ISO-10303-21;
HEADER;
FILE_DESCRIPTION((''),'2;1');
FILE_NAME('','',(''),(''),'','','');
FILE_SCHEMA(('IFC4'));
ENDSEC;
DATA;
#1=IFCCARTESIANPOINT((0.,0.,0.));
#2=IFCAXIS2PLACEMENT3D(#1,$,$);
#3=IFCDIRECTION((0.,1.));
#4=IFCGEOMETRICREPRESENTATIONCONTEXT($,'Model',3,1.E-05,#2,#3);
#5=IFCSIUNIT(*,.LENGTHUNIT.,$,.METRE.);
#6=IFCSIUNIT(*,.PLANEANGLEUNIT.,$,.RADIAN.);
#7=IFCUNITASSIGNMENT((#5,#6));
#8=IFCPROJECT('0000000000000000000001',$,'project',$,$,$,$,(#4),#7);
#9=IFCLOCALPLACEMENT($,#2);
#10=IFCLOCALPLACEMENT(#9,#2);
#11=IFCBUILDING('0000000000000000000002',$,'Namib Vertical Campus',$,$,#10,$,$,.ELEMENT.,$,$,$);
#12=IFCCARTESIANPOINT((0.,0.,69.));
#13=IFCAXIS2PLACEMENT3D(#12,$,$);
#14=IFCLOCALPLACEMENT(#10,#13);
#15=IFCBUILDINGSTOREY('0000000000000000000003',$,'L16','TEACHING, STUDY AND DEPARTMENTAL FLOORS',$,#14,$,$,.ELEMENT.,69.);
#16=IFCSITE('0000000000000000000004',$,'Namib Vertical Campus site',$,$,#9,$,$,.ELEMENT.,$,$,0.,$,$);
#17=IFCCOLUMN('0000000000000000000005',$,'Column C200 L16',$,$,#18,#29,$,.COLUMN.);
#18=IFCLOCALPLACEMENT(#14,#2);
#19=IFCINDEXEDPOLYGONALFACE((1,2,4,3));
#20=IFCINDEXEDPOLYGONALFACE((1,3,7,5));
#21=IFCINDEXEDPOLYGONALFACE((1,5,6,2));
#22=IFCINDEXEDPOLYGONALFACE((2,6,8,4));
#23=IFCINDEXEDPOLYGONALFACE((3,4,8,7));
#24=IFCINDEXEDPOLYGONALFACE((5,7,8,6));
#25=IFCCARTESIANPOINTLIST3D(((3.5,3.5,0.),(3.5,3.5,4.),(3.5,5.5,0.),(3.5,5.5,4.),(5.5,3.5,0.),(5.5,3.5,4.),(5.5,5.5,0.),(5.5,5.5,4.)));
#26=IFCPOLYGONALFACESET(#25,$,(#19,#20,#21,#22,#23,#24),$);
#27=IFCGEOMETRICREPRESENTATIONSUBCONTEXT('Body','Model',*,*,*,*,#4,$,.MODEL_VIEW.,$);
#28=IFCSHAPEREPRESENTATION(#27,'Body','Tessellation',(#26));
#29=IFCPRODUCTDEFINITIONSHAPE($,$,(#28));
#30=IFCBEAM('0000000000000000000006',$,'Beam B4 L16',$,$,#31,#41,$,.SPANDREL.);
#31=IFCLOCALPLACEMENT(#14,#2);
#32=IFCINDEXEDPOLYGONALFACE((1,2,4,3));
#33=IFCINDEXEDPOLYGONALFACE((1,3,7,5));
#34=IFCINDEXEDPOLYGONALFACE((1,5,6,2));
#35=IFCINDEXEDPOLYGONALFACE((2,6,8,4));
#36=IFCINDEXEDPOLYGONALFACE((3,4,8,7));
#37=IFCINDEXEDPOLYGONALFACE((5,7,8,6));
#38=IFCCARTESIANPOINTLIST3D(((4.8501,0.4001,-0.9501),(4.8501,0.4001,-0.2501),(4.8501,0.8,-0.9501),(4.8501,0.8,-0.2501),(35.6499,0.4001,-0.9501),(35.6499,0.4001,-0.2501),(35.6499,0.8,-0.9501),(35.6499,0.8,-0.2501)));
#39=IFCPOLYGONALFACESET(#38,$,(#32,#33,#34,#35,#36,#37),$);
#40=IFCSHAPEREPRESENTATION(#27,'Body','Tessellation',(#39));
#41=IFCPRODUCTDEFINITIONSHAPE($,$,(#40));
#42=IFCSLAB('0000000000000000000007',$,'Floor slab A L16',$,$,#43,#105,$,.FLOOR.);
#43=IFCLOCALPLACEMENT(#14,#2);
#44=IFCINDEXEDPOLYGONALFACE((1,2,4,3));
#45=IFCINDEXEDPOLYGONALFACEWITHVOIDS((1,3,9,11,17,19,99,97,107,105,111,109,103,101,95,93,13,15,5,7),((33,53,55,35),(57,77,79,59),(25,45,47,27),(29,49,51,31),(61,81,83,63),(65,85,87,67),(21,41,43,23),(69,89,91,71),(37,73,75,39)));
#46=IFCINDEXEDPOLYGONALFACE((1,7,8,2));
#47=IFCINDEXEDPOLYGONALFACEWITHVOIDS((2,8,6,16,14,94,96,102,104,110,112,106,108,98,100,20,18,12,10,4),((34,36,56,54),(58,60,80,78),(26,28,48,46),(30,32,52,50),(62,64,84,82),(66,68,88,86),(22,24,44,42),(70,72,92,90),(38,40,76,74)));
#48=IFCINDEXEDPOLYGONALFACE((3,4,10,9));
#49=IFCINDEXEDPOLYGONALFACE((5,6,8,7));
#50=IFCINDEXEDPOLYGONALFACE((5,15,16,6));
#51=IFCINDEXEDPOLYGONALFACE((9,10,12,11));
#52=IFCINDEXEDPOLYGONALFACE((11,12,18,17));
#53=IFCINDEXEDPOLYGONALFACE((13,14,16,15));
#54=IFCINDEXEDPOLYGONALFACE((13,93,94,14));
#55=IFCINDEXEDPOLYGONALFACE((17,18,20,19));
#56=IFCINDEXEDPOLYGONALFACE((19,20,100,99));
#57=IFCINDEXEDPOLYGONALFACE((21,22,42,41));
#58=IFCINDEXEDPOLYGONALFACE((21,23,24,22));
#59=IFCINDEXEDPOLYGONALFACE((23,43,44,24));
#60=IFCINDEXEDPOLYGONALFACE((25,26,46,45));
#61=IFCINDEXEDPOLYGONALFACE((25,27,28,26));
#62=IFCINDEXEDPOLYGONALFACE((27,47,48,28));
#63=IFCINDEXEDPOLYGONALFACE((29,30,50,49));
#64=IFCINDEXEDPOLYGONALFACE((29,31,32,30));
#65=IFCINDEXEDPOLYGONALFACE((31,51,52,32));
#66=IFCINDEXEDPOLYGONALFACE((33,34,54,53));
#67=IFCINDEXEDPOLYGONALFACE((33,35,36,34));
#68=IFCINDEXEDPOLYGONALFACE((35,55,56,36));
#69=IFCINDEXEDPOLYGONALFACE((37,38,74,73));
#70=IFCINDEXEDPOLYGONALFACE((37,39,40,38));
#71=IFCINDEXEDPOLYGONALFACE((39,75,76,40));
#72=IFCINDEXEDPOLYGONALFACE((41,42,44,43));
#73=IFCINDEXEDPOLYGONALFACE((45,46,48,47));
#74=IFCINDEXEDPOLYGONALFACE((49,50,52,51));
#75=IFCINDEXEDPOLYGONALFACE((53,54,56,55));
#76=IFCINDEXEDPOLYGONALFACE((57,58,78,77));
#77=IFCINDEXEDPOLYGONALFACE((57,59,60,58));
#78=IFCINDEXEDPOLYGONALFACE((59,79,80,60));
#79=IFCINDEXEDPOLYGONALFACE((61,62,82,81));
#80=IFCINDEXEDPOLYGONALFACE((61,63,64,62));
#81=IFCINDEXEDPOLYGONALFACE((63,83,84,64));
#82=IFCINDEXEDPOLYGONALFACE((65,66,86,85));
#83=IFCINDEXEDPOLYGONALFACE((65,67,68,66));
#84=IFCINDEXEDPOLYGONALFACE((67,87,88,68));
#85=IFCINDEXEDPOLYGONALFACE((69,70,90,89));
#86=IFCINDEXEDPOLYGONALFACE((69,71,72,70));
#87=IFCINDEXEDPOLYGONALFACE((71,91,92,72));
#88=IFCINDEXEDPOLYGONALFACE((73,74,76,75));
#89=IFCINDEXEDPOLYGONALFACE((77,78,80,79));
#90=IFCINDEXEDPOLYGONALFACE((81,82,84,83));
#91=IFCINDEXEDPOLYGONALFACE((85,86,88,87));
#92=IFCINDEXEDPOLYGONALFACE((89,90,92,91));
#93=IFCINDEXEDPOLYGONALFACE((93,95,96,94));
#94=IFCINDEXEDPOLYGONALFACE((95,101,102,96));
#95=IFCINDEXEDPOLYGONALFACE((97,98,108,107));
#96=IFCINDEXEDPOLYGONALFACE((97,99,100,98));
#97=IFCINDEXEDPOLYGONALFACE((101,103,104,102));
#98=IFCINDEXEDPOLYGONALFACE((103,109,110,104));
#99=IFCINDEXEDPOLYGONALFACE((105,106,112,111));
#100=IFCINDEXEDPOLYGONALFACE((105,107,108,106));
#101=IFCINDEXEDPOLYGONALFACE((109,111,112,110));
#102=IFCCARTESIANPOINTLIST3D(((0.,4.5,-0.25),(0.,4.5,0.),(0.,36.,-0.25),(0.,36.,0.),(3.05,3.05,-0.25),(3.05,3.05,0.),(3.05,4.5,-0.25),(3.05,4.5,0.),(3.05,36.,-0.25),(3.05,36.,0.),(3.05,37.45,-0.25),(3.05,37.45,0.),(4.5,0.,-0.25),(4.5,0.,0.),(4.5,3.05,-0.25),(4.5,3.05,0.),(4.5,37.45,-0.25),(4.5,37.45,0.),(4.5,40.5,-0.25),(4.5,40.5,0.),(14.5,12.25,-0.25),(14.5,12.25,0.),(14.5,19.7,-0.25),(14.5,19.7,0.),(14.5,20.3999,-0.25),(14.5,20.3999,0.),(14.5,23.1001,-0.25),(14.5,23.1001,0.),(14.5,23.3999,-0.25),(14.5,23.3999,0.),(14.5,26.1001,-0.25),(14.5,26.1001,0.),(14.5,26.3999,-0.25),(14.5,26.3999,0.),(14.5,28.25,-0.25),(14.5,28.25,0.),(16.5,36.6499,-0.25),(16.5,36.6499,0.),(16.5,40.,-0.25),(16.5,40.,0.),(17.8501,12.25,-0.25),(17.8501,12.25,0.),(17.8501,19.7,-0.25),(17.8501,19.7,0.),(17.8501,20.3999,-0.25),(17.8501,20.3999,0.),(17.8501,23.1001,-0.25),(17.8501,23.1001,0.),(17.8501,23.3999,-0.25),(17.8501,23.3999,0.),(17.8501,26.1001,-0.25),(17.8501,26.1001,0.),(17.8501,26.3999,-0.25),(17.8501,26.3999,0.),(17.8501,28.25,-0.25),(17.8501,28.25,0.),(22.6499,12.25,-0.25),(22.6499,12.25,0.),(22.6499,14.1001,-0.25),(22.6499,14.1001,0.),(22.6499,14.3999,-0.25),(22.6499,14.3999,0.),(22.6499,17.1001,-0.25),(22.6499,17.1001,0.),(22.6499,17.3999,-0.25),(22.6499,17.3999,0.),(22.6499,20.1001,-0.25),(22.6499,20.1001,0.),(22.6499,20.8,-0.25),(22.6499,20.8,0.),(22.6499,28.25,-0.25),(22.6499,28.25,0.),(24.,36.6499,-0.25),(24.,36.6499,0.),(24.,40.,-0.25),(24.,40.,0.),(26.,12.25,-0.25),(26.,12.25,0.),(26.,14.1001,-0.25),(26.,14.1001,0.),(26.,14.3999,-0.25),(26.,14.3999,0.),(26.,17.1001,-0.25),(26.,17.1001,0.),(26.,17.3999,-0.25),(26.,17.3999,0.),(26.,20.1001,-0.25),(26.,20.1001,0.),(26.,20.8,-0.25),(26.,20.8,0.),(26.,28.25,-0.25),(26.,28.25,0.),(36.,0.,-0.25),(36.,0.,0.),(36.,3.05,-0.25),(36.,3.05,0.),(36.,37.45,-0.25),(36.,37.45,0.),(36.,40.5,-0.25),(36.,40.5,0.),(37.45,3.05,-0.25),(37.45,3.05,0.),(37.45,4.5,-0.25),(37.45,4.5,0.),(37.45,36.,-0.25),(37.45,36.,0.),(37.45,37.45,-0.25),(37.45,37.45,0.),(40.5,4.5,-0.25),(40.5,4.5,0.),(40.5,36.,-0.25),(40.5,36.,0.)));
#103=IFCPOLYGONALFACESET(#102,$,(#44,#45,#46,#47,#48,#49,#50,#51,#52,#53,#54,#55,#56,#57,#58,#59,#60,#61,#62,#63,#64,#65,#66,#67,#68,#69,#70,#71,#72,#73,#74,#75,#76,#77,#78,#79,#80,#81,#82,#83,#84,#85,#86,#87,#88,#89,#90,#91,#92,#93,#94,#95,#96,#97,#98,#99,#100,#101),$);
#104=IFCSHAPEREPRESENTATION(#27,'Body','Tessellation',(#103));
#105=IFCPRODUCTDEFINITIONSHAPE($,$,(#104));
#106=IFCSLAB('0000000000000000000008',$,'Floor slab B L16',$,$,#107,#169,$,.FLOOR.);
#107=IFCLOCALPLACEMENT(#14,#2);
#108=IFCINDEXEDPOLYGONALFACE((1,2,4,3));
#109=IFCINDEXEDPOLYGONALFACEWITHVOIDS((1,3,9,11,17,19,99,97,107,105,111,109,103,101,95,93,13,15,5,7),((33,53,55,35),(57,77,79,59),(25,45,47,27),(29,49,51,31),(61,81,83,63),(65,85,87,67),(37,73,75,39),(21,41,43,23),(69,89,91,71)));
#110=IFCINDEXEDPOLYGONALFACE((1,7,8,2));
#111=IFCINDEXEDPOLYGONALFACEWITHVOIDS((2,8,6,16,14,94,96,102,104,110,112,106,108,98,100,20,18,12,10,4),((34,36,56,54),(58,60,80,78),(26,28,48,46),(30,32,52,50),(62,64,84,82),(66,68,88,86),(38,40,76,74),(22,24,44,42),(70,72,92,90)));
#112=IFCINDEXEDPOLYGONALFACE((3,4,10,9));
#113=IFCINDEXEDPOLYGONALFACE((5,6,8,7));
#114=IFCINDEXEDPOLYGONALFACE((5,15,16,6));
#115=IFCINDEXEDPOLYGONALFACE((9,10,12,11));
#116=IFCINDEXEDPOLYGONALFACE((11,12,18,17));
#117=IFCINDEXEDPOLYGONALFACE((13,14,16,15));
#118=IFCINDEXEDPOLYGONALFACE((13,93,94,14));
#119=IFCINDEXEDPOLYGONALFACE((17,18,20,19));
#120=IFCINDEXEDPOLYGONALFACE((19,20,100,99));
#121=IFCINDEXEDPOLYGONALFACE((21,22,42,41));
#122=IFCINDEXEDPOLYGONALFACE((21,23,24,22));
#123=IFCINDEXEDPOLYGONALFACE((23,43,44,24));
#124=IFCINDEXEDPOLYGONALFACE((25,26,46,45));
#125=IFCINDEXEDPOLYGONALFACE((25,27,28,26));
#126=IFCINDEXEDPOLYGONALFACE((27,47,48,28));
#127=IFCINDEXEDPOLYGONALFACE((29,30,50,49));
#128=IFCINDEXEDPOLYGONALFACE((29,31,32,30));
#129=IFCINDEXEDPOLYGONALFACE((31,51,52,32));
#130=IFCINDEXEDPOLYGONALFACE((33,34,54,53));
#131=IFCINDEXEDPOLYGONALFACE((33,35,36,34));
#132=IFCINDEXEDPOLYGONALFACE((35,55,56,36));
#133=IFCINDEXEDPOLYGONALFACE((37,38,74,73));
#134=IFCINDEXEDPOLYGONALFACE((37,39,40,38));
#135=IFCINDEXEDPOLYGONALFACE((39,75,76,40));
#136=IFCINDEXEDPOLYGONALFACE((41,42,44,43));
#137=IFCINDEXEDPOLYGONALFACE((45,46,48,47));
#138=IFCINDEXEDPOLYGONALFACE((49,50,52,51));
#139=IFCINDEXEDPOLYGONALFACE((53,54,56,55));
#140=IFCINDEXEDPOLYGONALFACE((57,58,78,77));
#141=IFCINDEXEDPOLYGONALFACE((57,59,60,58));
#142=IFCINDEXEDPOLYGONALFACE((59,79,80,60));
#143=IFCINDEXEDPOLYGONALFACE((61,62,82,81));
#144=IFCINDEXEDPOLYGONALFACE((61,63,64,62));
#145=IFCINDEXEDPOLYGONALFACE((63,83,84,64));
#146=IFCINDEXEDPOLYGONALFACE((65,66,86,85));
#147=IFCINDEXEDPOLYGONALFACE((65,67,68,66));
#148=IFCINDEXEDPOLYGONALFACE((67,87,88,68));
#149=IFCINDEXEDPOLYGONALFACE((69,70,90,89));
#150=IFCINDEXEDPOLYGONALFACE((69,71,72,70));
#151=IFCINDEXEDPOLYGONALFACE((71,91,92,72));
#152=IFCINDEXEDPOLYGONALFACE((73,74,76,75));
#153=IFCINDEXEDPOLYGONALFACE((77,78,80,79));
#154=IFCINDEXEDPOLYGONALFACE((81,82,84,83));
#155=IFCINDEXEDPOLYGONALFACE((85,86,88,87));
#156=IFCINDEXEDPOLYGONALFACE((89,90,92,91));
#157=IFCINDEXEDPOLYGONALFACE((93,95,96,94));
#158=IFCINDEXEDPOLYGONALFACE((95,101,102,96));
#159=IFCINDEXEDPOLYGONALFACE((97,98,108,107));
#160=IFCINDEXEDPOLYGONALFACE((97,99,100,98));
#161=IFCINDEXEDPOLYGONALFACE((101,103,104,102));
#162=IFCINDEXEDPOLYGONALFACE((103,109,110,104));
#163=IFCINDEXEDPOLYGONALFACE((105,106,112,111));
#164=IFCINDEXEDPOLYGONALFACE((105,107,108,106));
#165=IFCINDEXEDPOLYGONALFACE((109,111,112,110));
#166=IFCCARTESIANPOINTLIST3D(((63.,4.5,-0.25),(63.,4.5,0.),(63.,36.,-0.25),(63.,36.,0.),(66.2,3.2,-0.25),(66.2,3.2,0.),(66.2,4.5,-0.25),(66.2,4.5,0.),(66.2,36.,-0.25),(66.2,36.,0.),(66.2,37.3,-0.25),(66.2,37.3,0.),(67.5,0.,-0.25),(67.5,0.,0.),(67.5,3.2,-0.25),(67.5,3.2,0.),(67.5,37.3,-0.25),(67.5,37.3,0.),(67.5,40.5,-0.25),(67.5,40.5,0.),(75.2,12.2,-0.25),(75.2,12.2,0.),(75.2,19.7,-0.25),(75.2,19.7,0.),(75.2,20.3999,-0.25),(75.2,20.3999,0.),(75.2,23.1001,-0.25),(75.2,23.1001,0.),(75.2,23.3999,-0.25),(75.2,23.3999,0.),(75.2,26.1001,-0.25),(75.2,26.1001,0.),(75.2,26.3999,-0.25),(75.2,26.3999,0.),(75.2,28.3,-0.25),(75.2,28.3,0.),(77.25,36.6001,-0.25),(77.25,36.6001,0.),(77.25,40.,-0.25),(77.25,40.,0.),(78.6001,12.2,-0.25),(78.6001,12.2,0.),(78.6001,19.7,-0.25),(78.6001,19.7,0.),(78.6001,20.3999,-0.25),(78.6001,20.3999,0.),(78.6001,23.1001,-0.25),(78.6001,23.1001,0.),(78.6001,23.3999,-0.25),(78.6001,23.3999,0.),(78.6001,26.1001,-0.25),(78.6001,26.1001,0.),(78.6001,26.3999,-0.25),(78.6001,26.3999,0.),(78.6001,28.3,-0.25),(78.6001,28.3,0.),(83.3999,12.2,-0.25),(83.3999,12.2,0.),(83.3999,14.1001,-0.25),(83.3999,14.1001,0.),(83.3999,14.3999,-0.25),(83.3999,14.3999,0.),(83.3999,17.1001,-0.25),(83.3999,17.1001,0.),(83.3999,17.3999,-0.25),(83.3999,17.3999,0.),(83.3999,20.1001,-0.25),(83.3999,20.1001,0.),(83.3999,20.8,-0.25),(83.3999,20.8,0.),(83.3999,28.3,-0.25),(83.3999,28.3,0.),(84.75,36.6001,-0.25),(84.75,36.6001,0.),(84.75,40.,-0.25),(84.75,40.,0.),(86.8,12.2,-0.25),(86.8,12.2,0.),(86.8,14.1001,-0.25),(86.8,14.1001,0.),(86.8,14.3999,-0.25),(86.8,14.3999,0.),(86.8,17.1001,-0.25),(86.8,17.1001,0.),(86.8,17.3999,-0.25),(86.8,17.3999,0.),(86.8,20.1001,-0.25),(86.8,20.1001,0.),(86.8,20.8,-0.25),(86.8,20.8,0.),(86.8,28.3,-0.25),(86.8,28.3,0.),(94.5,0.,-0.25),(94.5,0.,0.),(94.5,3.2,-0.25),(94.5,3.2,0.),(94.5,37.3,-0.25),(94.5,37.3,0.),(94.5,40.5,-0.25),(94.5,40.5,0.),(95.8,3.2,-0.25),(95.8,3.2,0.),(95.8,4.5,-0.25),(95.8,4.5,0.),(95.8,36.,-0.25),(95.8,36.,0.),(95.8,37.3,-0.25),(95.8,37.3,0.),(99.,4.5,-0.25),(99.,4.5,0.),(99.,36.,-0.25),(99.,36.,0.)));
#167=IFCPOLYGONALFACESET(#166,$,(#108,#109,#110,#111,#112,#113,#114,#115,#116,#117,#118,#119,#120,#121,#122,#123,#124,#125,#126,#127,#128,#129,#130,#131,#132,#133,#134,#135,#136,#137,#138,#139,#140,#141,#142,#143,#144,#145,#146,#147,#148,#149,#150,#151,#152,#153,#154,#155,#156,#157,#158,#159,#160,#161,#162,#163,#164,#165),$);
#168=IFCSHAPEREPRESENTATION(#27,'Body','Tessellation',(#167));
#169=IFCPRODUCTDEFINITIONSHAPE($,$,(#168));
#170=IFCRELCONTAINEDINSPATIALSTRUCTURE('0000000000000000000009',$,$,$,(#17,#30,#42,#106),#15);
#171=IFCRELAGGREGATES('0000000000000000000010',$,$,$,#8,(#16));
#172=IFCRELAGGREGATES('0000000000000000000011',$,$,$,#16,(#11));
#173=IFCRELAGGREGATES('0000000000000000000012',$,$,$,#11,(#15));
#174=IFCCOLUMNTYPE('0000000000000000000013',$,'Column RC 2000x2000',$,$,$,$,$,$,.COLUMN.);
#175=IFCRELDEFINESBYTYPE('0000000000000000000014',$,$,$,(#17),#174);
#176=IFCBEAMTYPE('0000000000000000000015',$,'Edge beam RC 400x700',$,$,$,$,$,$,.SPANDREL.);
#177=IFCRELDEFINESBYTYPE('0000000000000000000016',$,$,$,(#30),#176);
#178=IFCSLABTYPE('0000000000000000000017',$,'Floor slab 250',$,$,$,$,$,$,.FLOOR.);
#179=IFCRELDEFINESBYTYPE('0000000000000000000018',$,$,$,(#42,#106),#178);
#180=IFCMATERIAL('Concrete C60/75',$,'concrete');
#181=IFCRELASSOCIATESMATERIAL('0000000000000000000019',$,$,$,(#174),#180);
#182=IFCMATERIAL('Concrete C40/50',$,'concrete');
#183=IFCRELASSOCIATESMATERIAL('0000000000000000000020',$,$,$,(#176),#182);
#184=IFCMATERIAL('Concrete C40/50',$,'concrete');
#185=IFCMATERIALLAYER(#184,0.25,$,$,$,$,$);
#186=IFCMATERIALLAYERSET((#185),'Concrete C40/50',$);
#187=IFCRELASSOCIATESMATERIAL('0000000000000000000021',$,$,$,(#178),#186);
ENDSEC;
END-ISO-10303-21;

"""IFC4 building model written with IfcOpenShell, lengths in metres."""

from ifc_helpers import new_model, si_unit, direction, frame, origin, origin_2d, place, context, subcontext, project, spatial, polyline, rectangle, outline, extrude, material, layer, layer_set, material_profile, profile_set, type_object, element, save


model = new_model("IFC4")

# Units and contexts
model_context = context("Model", 3, precision=1e-05, world=origin(), true_north=direction((0.0, 1.0)))
body_context = subcontext(model_context, "Body", "Model", "MODEL_VIEW")
ifc_project = project(units=[si_unit("LENGTHUNIT", "METRE"), si_unit("PLANEANGLEUNIT", "RADIAN")], contexts=[model_context])

# Site, building, storey
site_placement = place(None, origin())
site = spatial("IfcSite", under=ifc_project, at=site_placement, Name="Namib Vertical Campus site", CompositionType="ELEMENT", RefElevation=0.0)
building_placement = place(site_placement, origin())
building = spatial("IfcBuilding", under=site, at=building_placement, Name="Namib Vertical Campus", CompositionType="ELEMENT")
storey_placement = place(building_placement, frame((0.0, 0.0, 69.0)))
storey = spatial("IfcBuildingStorey", under=building, at=storey_placement, Name="L16", Description="TEACHING, STUDY AND DEPARTMENTAL FLOORS", CompositionType="ELEMENT", Elevation=69.0)

# Column
ifc_material_1 = material(Name="Concrete C60/75", Category="concrete")
ifc_material_profile_1 = material_profile(ifc_material_1, rectangle(XDim=2.0, YDim=2.0, at=origin_2d()))
ifc_profile_set_1 = profile_set([ifc_material_profile_1], Name="Concrete C60/75")
column_type = type_object("IfcColumnType", Name="Column RC 2000x2000", PredefinedType="COLUMN", material=ifc_profile_set_1)
column_placement = place(storey_placement, frame((4.5, 4.5, 0.0), z_axis=(0.0, 0.0, 1.0), x_axis=(1.0, 0.0, 0.0)))
element("IfcColumn", 1, at=column_placement, inside=storey, type_object=column_type, Name="Column C200 L16", PredefinedType="COLUMN", context=body_context, shape_type="SweptSolid", body=[
    extrude(rectangle(XDim=2.0, YDim=2.0, at=origin_2d()), origin(), (0.0, 0.0, 1.0), 4.0),
])

# Beam
ifc_material_2 = material(Name="Concrete C40/50", Category="concrete")
ifc_material_profile_2 = material_profile(ifc_material_2, rectangle(XDim=0.3999, YDim=0.7, at=origin_2d()))
ifc_profile_set_2 = profile_set([ifc_material_profile_2], Name="Concrete C40/50")
beam_type = type_object("IfcBeamType", Name="Edge beam RC 400x700", PredefinedType="SPANDREL", material=ifc_profile_set_2)
beam_placement = place(storey_placement, frame((4.8501, 0.6001, -0.6001), z_axis=(1.0, 0.0, 0.0), x_axis=(0.0, 1.0, 0.0)))
element("IfcBeam", 2, at=beam_placement, inside=storey, type_object=beam_type, Name="Beam B4 L16", PredefinedType="SPANDREL", context=body_context, shape_type="SweptSolid", body=[
    extrude(rectangle(XDim=0.3999, YDim=0.7, at=origin_2d()), origin(), (0.0, 0.0, 1.0), 30.7998),
])

# Slabs
ifc_material_3 = material(Name="Concrete C40/50", Category="concrete")
ifc_layer_1 = layer(ifc_material_3, 0.25)
ifc_layer_set_1 = layer_set([ifc_layer_1], Name="Concrete C40/50")
slab_type_1 = type_object("IfcSlabType", Name="Floor slab 250", PredefinedType="FLOOR", material=ifc_layer_set_1)
slab_1_placement = place(storey_placement, frame((0.0, 0.0, -0.25)))
element("IfcSlab", 3, at=slab_1_placement, inside=storey, type_object=slab_type_1, Name="Floor slab A L16", PredefinedType="FLOOR", context=body_context, shape_type="SweptSolid", body=[
    extrude(outline(polyline([(4.5, 0.0), (36.0, 0.0), (36.0, 3.05), (37.45, 3.05), (37.45, 4.5), (40.5, 4.5), (40.5, 36.0), (37.45, 36.0), (37.45, 37.45), (36.0, 37.45), (36.0, 40.5), (4.5, 40.5), (4.5, 37.45), (3.05, 37.45), (3.05, 36.0), (0.0, 36.0), (0.0, 4.5), (3.05, 4.5), (3.05, 3.05), (4.5, 3.05), (4.5, 0.0)]), holes=[polyline([(14.5, 12.25), (17.8501, 12.25), (17.8501, 19.7), (14.5, 19.7), (14.5, 12.25)]), polyline([(22.6499, 20.8), (26.0, 20.8), (26.0, 28.25), (22.6499, 28.25), (22.6499, 20.8)]), polyline([(22.6499, 12.25), (26.0, 12.25), (26.0, 14.1001), (22.6499, 14.1001), (22.6499, 12.25)]), polyline([(14.5, 20.3999), (17.8501, 20.3999), (17.8501, 23.1001), (14.5, 23.1001), (14.5, 20.3999)]), polyline([(14.5, 23.3999), (17.8501, 23.3999), (17.8501, 26.1001), (14.5, 26.1001), (14.5, 23.3999)]), polyline([(14.5, 26.3999), (17.8501, 26.3999), (17.8501, 28.25), (14.5, 28.25), (14.5, 26.3999)]), polyline([(22.6499, 14.3999), (26.0, 14.3999), (26.0, 17.1001), (22.6499, 17.1001), (22.6499, 14.3999)]), polyline([(22.6499, 17.3999), (26.0, 17.3999), (26.0, 20.1001), (22.6499, 20.1001), (22.6499, 17.3999)]), polyline([(16.5, 36.6499), (24.0, 36.6499), (24.0, 40.0), (16.5, 40.0), (16.5, 36.6499)])]), origin(), (0.0, 0.0, 1.0), 0.25),
])
slab_2_placement = place(storey_placement, frame((0.0, 0.0, -0.25)))
element("IfcSlab", 4, at=slab_2_placement, inside=storey, type_object=slab_type_1, Name="Floor slab B L16", PredefinedType="FLOOR", context=body_context, shape_type="SweptSolid", body=[
    extrude(outline(polyline([(67.5, 0.0), (94.5, 0.0), (94.5, 3.2), (95.8, 3.2), (95.8, 4.5), (99.0, 4.5), (99.0, 36.0), (95.8, 36.0), (95.8, 37.3), (94.5, 37.3), (94.5, 40.5), (67.5, 40.5), (67.5, 37.3), (66.2, 37.3), (66.2, 36.0), (63.0, 36.0), (63.0, 4.5), (66.2, 4.5), (66.2, 3.2), (67.5, 3.2), (67.5, 0.0)]), holes=[polyline([(75.2, 12.2), (78.6001, 12.2), (78.6001, 19.7), (75.2, 19.7), (75.2, 12.2)]), polyline([(83.3999, 20.8), (86.8, 20.8), (86.8, 28.3), (83.3999, 28.3), (83.3999, 20.8)]), polyline([(83.3999, 12.2), (86.8, 12.2), (86.8, 14.1001), (83.3999, 14.1001), (83.3999, 12.2)]), polyline([(75.2, 20.3999), (78.6001, 20.3999), (78.6001, 23.1001), (75.2, 23.1001), (75.2, 20.3999)]), polyline([(75.2, 23.3999), (78.6001, 23.3999), (78.6001, 26.1001), (75.2, 26.1001), (75.2, 23.3999)]), polyline([(75.2, 26.3999), (78.6001, 26.3999), (78.6001, 28.3), (75.2, 28.3), (75.2, 26.3999)]), polyline([(83.3999, 14.3999), (86.8, 14.3999), (86.8, 17.1001), (83.3999, 17.1001), (83.3999, 14.3999)]), polyline([(83.3999, 17.3999), (86.8, 17.3999), (86.8, 20.1001), (83.3999, 20.1001), (83.3999, 17.3999)]), polyline([(77.25, 36.6001), (84.75, 36.6001), (84.75, 40.0), (77.25, 40.0), (77.25, 36.6001)])]), origin(), (0.0, 0.0, 1.0), 0.25),
])

save(model, "model.ifc")
